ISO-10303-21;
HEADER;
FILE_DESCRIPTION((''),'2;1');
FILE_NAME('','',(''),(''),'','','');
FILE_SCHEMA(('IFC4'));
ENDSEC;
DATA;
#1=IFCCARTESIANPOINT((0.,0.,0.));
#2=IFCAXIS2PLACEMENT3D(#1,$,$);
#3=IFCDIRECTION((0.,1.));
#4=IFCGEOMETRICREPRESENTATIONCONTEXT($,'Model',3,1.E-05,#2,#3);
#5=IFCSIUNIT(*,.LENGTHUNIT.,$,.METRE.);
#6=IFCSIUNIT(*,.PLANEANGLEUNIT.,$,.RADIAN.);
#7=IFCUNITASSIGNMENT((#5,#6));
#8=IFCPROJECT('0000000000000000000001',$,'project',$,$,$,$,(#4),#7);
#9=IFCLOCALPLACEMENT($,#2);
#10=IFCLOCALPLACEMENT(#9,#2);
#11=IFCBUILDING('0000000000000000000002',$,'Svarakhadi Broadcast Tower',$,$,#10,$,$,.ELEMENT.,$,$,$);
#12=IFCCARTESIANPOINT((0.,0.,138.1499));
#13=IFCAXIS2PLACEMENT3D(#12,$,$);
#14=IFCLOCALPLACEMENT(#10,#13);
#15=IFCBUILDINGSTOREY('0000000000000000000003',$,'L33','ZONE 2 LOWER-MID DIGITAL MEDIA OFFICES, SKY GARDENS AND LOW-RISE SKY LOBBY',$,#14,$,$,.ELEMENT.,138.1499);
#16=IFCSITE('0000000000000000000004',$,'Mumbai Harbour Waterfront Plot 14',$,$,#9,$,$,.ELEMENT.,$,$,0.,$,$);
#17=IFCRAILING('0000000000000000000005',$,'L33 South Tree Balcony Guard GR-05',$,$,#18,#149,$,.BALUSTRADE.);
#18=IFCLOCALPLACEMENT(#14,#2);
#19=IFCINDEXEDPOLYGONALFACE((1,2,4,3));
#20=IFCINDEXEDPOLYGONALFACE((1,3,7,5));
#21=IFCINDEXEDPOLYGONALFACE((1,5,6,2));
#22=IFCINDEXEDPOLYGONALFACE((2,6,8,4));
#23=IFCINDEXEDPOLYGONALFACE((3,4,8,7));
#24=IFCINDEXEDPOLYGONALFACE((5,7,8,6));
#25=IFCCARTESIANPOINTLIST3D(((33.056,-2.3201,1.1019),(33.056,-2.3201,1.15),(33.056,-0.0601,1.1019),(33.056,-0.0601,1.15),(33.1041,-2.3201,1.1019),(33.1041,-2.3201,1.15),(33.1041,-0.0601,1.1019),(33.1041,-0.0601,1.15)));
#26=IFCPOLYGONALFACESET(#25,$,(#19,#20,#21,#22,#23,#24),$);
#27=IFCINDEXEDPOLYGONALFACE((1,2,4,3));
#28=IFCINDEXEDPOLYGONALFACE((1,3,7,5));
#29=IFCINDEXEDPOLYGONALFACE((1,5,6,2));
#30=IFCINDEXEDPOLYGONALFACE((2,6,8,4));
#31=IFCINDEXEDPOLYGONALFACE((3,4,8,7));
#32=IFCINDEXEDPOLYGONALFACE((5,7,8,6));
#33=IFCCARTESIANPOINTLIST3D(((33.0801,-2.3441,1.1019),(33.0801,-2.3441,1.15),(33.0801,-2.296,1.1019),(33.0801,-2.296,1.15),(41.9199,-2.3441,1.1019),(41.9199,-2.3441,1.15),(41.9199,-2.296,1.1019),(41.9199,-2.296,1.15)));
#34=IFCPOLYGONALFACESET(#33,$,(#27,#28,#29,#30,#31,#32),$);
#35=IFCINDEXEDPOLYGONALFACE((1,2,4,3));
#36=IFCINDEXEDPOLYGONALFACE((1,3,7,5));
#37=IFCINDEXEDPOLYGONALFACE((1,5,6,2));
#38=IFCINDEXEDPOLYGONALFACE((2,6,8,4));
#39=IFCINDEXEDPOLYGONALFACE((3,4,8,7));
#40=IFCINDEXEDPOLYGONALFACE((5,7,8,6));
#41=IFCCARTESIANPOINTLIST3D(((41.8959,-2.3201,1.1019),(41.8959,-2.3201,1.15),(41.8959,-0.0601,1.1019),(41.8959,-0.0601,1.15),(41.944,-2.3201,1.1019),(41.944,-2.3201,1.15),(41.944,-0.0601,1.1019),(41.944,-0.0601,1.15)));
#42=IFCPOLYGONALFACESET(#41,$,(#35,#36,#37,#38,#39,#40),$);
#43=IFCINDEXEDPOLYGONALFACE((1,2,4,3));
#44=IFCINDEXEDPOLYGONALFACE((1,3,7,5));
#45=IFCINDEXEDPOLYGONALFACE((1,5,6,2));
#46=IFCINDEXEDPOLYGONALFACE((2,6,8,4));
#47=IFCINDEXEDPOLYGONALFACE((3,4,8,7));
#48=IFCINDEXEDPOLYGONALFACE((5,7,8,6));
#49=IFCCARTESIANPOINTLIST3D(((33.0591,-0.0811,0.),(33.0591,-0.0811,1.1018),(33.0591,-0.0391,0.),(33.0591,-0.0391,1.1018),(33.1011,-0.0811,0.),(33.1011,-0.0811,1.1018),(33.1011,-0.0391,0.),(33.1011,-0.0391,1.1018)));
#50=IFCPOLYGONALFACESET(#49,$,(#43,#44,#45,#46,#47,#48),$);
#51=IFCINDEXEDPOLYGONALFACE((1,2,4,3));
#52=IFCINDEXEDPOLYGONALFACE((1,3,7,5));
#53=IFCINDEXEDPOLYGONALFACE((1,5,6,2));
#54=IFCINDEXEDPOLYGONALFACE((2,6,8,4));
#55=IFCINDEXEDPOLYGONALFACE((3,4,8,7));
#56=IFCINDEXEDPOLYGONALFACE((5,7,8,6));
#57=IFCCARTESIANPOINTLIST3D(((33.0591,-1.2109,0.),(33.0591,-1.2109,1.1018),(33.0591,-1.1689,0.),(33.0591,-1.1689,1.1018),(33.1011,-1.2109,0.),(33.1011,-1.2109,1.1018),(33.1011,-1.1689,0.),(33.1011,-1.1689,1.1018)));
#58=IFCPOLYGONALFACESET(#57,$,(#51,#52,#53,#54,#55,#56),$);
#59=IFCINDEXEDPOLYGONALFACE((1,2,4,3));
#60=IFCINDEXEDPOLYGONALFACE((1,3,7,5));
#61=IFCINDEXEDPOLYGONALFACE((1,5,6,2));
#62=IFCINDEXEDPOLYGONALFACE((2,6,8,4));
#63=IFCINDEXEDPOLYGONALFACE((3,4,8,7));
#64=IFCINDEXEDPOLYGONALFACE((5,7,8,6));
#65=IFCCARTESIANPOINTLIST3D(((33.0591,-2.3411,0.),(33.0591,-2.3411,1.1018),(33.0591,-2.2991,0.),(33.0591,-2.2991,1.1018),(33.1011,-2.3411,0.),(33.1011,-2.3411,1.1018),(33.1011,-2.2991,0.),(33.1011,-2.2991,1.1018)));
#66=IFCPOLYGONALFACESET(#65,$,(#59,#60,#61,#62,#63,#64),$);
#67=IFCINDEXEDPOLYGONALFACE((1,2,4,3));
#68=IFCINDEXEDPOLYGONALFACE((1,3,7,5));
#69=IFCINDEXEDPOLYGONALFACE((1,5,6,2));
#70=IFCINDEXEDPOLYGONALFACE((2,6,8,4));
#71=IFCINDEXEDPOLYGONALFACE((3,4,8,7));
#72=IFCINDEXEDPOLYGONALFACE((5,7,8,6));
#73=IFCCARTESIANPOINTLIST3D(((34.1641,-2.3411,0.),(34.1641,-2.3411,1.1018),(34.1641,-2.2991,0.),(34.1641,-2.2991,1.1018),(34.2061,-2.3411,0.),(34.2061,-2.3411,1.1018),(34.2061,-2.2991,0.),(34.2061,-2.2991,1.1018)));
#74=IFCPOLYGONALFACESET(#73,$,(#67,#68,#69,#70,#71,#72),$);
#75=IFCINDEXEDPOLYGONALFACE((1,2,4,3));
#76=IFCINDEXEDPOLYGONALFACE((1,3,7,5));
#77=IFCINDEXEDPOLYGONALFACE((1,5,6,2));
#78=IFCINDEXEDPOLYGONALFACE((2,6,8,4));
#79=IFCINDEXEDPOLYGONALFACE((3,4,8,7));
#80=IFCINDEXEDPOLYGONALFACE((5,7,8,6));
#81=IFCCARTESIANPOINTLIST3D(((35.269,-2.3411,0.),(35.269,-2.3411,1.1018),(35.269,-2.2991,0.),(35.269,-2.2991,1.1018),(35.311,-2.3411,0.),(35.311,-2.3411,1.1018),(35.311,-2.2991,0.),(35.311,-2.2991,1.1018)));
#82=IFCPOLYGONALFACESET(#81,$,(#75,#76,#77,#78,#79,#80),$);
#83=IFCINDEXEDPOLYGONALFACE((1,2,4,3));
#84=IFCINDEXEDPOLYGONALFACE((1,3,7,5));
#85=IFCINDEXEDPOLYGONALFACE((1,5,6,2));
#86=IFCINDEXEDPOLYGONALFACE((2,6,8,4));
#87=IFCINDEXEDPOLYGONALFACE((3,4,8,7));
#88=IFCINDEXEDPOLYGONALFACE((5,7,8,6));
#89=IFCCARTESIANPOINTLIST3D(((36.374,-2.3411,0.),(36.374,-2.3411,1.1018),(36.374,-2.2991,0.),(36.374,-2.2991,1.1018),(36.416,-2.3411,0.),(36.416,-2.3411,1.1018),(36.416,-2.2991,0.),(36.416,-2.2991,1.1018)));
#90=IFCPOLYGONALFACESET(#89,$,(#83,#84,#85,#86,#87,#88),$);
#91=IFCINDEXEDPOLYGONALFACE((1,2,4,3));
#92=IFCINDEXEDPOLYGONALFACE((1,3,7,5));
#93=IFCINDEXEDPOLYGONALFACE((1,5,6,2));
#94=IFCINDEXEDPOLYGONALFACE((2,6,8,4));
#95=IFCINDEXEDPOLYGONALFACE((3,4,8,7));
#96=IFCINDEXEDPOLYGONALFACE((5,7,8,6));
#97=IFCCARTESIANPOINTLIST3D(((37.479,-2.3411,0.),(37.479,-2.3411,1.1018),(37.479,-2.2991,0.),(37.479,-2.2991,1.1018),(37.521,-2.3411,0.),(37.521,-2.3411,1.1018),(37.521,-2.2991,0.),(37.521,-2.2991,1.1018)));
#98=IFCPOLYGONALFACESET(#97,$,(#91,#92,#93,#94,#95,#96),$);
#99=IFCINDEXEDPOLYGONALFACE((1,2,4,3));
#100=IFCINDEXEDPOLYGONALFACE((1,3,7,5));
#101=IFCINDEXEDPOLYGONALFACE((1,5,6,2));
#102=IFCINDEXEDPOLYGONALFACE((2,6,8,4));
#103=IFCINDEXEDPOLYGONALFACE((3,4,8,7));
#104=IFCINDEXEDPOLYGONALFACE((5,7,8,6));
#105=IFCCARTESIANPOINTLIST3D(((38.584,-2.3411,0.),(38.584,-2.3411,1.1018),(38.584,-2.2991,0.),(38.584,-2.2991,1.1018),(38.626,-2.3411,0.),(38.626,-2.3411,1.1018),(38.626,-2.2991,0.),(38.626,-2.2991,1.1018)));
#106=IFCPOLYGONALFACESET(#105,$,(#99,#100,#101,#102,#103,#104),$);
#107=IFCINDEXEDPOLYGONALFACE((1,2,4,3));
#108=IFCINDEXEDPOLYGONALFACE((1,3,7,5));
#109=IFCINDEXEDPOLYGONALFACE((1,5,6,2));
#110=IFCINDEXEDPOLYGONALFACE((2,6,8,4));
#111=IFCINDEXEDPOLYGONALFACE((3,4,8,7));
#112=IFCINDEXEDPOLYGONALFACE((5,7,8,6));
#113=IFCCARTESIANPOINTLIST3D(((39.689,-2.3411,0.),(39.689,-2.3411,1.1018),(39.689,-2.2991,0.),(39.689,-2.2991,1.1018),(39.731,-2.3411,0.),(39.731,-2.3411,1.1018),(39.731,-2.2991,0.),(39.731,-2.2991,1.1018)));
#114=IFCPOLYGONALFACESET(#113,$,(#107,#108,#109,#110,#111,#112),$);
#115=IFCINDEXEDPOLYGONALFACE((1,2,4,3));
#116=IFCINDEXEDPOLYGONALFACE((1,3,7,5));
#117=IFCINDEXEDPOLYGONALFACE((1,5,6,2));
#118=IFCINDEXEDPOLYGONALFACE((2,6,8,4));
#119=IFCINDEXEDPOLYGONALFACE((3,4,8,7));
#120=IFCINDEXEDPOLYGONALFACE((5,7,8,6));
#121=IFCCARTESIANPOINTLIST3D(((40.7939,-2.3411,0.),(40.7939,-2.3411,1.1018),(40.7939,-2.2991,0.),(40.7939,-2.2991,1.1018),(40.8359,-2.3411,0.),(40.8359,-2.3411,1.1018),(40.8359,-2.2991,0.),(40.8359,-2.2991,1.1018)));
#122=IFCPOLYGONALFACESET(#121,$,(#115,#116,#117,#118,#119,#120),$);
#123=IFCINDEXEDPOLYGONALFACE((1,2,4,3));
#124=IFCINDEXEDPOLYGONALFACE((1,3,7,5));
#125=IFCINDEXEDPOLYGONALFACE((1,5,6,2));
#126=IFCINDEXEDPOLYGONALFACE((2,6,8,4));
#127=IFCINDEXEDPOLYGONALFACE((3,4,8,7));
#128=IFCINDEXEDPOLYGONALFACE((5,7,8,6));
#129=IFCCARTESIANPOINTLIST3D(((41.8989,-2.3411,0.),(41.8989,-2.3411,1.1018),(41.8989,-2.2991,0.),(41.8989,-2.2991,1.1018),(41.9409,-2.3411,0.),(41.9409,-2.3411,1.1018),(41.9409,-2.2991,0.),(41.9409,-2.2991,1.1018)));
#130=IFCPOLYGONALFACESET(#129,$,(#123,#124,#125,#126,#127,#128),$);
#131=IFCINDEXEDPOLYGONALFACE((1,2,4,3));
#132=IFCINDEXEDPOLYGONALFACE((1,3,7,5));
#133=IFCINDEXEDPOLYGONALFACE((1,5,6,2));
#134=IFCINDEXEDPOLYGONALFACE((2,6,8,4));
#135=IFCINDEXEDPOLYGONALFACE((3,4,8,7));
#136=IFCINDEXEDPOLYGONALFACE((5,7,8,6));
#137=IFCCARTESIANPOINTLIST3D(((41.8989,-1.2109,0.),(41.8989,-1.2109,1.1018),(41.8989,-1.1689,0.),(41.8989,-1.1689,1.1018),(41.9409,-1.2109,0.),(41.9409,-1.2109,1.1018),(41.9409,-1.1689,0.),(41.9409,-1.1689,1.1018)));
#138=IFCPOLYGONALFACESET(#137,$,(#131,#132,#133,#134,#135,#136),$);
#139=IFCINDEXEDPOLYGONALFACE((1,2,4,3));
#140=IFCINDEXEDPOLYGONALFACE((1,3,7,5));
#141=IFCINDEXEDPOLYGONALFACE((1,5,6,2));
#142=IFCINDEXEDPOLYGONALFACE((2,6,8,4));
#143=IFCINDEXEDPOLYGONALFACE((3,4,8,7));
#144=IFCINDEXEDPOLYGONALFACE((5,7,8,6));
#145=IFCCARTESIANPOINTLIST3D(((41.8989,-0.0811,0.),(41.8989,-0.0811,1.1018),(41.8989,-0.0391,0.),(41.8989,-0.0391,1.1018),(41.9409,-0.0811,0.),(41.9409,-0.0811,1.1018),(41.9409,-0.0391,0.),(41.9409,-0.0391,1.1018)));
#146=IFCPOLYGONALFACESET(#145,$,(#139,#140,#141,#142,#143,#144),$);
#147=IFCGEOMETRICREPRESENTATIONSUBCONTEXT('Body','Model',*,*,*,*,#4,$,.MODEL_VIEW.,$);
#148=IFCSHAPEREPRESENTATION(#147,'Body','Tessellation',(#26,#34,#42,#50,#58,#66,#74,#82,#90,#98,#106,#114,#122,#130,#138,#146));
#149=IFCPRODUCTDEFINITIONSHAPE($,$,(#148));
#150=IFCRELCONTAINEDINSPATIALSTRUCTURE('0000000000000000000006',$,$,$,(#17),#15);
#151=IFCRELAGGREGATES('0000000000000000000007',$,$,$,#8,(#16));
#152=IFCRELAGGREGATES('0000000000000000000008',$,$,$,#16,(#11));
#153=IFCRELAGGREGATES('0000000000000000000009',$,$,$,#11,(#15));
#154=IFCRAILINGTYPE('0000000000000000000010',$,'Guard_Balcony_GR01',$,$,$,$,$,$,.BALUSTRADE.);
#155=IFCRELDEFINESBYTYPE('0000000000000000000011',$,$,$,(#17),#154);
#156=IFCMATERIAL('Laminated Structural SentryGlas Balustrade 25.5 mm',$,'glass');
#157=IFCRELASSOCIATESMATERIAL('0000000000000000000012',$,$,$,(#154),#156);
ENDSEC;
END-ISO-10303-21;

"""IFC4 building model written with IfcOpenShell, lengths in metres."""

from ifc_helpers import new_model, si_unit, direction, frame, origin, origin_2d, place, context, subcontext, project, spatial, rectangle, extrude, material, type_object, element, save


model = new_model("IFC4")

# Units and contexts
model_context = context("Model", 3, precision=1e-05, world=origin(), true_north=direction((0.0, 1.0)))
body_context = subcontext(model_context, "Body", "Model", "MODEL_VIEW")
ifc_project = project(units=[si_unit("LENGTHUNIT", "METRE"), si_unit("PLANEANGLEUNIT", "RADIAN")], contexts=[model_context])

# Site, building, storey
site_placement = place(None, origin())
site = spatial("IfcSite", under=ifc_project, at=site_placement, Name="Mumbai Harbour Waterfront Plot 14", CompositionType="ELEMENT", RefElevation=0.0)
building_placement = place(site_placement, origin())
building = spatial("IfcBuilding", under=site, at=building_placement, Name="Svarakhadi Broadcast Tower", CompositionType="ELEMENT")
storey_placement = place(building_placement, frame((0.0, 0.0, 138.1499)))
storey = spatial("IfcBuildingStorey", under=building, at=storey_placement, Name="L33", Description="ZONE 2 LOWER-MID DIGITAL MEDIA OFFICES, SKY GARDENS AND LOW-RISE SKY LOBBY", CompositionType="ELEMENT", Elevation=138.1499)

# Railing
ifc_material_1 = material(Name="Laminated Structural SentryGlas Balustrade 25.5 mm", Category="glass")
railing_type = type_object("IfcRailingType", Name="Guard_Balcony_GR01", PredefinedType="BALUSTRADE", material=ifc_material_1)
railing_placement = place(storey_placement, frame((33.0801, -0.0601, 0.0)))
element("IfcRailing", 1, at=railing_placement, inside=storey, type_object=railing_type, Name="L33 South Tree Balcony Guard GR-05", PredefinedType="BALUSTRADE", context=body_context, shape_type="SweptSolid", body=[
    extrude(rectangle(XDim=0.0481, YDim=0.0481, at=origin_2d()), frame((0.0, 0.0, 1.126), z_axis=(0.0, -1.0, 0.0), x_axis=(1.0, 0.0, 0.0)), (0.0, 0.0, 1.0), 2.26),
    extrude(rectangle(XDim=0.0481, YDim=0.0481, at=origin_2d()), frame((0.0, -2.26, 1.126), z_axis=(1.0, 0.0, 0.0), x_axis=(0.0, 1.0, 0.0)), (0.0, 0.0, 1.0), 8.8398),
    extrude(rectangle(XDim=0.0481, YDim=0.0481, at=origin_2d()), frame((8.8398, -2.26, 1.126), z_axis=(0.0, 1.0, 0.0), x_axis=(-1.0, 0.0, 0.0)), (0.0, 0.0, 1.0), 2.26),
    extrude(rectangle(XDim=0.042, YDim=0.042, at=origin_2d()), origin(), (0.0, 0.0, 1.0), 1.1018),
    extrude(rectangle(XDim=0.042, YDim=0.042, at=origin_2d()), frame((0.0, -1.1299, 0.0)), (0.0, 0.0, 1.0), 1.1018),
    extrude(rectangle(XDim=0.042, YDim=0.042, at=origin_2d()), frame((0.0, -2.26, 0.0)), (0.0, 0.0, 1.0), 1.1018),
    extrude(rectangle(XDim=0.042, YDim=0.042, at=origin_2d()), frame((1.105, -2.26, 0.0)), (0.0, 0.0, 1.0), 1.1018),
    extrude(rectangle(XDim=0.042, YDim=0.042, at=origin_2d()), frame((2.21, -2.26, 0.0)), (0.0, 0.0, 1.0), 1.1018),
    extrude(rectangle(XDim=0.042, YDim=0.042, at=origin_2d()), frame((3.3149, -2.26, 0.0)), (0.0, 0.0, 1.0), 1.1018),
    extrude(rectangle(XDim=0.042, YDim=0.042, at=origin_2d()), frame((4.4199, -2.26, 0.0)), (0.0, 0.0, 1.0), 1.1018),
    extrude(rectangle(XDim=0.042, YDim=0.042, at=origin_2d()), frame((5.5249, -2.26, 0.0)), (0.0, 0.0, 1.0), 1.1018),
    extrude(rectangle(XDim=0.042, YDim=0.042, at=origin_2d()), frame((6.6299, -2.26, 0.0)), (0.0, 0.0, 1.0), 1.1018),
    extrude(rectangle(XDim=0.042, YDim=0.042, at=origin_2d()), frame((7.7349, -2.26, 0.0)), (0.0, 0.0, 1.0), 1.1018),
    extrude(rectangle(XDim=0.042, YDim=0.042, at=origin_2d()), frame((8.8398, -2.26, 0.0)), (0.0, 0.0, 1.0), 1.1018),
    extrude(rectangle(XDim=0.042, YDim=0.042, at=origin_2d()), frame((8.8398, -1.1299, 0.0)), (0.0, 0.0, 1.0), 1.1018),
    extrude(rectangle(XDim=0.042, YDim=0.042, at=origin_2d()), frame((8.8398, 0.0, 0.0)), (0.0, 0.0, 1.0), 1.1018),
])

save(model, "model.ifc")
